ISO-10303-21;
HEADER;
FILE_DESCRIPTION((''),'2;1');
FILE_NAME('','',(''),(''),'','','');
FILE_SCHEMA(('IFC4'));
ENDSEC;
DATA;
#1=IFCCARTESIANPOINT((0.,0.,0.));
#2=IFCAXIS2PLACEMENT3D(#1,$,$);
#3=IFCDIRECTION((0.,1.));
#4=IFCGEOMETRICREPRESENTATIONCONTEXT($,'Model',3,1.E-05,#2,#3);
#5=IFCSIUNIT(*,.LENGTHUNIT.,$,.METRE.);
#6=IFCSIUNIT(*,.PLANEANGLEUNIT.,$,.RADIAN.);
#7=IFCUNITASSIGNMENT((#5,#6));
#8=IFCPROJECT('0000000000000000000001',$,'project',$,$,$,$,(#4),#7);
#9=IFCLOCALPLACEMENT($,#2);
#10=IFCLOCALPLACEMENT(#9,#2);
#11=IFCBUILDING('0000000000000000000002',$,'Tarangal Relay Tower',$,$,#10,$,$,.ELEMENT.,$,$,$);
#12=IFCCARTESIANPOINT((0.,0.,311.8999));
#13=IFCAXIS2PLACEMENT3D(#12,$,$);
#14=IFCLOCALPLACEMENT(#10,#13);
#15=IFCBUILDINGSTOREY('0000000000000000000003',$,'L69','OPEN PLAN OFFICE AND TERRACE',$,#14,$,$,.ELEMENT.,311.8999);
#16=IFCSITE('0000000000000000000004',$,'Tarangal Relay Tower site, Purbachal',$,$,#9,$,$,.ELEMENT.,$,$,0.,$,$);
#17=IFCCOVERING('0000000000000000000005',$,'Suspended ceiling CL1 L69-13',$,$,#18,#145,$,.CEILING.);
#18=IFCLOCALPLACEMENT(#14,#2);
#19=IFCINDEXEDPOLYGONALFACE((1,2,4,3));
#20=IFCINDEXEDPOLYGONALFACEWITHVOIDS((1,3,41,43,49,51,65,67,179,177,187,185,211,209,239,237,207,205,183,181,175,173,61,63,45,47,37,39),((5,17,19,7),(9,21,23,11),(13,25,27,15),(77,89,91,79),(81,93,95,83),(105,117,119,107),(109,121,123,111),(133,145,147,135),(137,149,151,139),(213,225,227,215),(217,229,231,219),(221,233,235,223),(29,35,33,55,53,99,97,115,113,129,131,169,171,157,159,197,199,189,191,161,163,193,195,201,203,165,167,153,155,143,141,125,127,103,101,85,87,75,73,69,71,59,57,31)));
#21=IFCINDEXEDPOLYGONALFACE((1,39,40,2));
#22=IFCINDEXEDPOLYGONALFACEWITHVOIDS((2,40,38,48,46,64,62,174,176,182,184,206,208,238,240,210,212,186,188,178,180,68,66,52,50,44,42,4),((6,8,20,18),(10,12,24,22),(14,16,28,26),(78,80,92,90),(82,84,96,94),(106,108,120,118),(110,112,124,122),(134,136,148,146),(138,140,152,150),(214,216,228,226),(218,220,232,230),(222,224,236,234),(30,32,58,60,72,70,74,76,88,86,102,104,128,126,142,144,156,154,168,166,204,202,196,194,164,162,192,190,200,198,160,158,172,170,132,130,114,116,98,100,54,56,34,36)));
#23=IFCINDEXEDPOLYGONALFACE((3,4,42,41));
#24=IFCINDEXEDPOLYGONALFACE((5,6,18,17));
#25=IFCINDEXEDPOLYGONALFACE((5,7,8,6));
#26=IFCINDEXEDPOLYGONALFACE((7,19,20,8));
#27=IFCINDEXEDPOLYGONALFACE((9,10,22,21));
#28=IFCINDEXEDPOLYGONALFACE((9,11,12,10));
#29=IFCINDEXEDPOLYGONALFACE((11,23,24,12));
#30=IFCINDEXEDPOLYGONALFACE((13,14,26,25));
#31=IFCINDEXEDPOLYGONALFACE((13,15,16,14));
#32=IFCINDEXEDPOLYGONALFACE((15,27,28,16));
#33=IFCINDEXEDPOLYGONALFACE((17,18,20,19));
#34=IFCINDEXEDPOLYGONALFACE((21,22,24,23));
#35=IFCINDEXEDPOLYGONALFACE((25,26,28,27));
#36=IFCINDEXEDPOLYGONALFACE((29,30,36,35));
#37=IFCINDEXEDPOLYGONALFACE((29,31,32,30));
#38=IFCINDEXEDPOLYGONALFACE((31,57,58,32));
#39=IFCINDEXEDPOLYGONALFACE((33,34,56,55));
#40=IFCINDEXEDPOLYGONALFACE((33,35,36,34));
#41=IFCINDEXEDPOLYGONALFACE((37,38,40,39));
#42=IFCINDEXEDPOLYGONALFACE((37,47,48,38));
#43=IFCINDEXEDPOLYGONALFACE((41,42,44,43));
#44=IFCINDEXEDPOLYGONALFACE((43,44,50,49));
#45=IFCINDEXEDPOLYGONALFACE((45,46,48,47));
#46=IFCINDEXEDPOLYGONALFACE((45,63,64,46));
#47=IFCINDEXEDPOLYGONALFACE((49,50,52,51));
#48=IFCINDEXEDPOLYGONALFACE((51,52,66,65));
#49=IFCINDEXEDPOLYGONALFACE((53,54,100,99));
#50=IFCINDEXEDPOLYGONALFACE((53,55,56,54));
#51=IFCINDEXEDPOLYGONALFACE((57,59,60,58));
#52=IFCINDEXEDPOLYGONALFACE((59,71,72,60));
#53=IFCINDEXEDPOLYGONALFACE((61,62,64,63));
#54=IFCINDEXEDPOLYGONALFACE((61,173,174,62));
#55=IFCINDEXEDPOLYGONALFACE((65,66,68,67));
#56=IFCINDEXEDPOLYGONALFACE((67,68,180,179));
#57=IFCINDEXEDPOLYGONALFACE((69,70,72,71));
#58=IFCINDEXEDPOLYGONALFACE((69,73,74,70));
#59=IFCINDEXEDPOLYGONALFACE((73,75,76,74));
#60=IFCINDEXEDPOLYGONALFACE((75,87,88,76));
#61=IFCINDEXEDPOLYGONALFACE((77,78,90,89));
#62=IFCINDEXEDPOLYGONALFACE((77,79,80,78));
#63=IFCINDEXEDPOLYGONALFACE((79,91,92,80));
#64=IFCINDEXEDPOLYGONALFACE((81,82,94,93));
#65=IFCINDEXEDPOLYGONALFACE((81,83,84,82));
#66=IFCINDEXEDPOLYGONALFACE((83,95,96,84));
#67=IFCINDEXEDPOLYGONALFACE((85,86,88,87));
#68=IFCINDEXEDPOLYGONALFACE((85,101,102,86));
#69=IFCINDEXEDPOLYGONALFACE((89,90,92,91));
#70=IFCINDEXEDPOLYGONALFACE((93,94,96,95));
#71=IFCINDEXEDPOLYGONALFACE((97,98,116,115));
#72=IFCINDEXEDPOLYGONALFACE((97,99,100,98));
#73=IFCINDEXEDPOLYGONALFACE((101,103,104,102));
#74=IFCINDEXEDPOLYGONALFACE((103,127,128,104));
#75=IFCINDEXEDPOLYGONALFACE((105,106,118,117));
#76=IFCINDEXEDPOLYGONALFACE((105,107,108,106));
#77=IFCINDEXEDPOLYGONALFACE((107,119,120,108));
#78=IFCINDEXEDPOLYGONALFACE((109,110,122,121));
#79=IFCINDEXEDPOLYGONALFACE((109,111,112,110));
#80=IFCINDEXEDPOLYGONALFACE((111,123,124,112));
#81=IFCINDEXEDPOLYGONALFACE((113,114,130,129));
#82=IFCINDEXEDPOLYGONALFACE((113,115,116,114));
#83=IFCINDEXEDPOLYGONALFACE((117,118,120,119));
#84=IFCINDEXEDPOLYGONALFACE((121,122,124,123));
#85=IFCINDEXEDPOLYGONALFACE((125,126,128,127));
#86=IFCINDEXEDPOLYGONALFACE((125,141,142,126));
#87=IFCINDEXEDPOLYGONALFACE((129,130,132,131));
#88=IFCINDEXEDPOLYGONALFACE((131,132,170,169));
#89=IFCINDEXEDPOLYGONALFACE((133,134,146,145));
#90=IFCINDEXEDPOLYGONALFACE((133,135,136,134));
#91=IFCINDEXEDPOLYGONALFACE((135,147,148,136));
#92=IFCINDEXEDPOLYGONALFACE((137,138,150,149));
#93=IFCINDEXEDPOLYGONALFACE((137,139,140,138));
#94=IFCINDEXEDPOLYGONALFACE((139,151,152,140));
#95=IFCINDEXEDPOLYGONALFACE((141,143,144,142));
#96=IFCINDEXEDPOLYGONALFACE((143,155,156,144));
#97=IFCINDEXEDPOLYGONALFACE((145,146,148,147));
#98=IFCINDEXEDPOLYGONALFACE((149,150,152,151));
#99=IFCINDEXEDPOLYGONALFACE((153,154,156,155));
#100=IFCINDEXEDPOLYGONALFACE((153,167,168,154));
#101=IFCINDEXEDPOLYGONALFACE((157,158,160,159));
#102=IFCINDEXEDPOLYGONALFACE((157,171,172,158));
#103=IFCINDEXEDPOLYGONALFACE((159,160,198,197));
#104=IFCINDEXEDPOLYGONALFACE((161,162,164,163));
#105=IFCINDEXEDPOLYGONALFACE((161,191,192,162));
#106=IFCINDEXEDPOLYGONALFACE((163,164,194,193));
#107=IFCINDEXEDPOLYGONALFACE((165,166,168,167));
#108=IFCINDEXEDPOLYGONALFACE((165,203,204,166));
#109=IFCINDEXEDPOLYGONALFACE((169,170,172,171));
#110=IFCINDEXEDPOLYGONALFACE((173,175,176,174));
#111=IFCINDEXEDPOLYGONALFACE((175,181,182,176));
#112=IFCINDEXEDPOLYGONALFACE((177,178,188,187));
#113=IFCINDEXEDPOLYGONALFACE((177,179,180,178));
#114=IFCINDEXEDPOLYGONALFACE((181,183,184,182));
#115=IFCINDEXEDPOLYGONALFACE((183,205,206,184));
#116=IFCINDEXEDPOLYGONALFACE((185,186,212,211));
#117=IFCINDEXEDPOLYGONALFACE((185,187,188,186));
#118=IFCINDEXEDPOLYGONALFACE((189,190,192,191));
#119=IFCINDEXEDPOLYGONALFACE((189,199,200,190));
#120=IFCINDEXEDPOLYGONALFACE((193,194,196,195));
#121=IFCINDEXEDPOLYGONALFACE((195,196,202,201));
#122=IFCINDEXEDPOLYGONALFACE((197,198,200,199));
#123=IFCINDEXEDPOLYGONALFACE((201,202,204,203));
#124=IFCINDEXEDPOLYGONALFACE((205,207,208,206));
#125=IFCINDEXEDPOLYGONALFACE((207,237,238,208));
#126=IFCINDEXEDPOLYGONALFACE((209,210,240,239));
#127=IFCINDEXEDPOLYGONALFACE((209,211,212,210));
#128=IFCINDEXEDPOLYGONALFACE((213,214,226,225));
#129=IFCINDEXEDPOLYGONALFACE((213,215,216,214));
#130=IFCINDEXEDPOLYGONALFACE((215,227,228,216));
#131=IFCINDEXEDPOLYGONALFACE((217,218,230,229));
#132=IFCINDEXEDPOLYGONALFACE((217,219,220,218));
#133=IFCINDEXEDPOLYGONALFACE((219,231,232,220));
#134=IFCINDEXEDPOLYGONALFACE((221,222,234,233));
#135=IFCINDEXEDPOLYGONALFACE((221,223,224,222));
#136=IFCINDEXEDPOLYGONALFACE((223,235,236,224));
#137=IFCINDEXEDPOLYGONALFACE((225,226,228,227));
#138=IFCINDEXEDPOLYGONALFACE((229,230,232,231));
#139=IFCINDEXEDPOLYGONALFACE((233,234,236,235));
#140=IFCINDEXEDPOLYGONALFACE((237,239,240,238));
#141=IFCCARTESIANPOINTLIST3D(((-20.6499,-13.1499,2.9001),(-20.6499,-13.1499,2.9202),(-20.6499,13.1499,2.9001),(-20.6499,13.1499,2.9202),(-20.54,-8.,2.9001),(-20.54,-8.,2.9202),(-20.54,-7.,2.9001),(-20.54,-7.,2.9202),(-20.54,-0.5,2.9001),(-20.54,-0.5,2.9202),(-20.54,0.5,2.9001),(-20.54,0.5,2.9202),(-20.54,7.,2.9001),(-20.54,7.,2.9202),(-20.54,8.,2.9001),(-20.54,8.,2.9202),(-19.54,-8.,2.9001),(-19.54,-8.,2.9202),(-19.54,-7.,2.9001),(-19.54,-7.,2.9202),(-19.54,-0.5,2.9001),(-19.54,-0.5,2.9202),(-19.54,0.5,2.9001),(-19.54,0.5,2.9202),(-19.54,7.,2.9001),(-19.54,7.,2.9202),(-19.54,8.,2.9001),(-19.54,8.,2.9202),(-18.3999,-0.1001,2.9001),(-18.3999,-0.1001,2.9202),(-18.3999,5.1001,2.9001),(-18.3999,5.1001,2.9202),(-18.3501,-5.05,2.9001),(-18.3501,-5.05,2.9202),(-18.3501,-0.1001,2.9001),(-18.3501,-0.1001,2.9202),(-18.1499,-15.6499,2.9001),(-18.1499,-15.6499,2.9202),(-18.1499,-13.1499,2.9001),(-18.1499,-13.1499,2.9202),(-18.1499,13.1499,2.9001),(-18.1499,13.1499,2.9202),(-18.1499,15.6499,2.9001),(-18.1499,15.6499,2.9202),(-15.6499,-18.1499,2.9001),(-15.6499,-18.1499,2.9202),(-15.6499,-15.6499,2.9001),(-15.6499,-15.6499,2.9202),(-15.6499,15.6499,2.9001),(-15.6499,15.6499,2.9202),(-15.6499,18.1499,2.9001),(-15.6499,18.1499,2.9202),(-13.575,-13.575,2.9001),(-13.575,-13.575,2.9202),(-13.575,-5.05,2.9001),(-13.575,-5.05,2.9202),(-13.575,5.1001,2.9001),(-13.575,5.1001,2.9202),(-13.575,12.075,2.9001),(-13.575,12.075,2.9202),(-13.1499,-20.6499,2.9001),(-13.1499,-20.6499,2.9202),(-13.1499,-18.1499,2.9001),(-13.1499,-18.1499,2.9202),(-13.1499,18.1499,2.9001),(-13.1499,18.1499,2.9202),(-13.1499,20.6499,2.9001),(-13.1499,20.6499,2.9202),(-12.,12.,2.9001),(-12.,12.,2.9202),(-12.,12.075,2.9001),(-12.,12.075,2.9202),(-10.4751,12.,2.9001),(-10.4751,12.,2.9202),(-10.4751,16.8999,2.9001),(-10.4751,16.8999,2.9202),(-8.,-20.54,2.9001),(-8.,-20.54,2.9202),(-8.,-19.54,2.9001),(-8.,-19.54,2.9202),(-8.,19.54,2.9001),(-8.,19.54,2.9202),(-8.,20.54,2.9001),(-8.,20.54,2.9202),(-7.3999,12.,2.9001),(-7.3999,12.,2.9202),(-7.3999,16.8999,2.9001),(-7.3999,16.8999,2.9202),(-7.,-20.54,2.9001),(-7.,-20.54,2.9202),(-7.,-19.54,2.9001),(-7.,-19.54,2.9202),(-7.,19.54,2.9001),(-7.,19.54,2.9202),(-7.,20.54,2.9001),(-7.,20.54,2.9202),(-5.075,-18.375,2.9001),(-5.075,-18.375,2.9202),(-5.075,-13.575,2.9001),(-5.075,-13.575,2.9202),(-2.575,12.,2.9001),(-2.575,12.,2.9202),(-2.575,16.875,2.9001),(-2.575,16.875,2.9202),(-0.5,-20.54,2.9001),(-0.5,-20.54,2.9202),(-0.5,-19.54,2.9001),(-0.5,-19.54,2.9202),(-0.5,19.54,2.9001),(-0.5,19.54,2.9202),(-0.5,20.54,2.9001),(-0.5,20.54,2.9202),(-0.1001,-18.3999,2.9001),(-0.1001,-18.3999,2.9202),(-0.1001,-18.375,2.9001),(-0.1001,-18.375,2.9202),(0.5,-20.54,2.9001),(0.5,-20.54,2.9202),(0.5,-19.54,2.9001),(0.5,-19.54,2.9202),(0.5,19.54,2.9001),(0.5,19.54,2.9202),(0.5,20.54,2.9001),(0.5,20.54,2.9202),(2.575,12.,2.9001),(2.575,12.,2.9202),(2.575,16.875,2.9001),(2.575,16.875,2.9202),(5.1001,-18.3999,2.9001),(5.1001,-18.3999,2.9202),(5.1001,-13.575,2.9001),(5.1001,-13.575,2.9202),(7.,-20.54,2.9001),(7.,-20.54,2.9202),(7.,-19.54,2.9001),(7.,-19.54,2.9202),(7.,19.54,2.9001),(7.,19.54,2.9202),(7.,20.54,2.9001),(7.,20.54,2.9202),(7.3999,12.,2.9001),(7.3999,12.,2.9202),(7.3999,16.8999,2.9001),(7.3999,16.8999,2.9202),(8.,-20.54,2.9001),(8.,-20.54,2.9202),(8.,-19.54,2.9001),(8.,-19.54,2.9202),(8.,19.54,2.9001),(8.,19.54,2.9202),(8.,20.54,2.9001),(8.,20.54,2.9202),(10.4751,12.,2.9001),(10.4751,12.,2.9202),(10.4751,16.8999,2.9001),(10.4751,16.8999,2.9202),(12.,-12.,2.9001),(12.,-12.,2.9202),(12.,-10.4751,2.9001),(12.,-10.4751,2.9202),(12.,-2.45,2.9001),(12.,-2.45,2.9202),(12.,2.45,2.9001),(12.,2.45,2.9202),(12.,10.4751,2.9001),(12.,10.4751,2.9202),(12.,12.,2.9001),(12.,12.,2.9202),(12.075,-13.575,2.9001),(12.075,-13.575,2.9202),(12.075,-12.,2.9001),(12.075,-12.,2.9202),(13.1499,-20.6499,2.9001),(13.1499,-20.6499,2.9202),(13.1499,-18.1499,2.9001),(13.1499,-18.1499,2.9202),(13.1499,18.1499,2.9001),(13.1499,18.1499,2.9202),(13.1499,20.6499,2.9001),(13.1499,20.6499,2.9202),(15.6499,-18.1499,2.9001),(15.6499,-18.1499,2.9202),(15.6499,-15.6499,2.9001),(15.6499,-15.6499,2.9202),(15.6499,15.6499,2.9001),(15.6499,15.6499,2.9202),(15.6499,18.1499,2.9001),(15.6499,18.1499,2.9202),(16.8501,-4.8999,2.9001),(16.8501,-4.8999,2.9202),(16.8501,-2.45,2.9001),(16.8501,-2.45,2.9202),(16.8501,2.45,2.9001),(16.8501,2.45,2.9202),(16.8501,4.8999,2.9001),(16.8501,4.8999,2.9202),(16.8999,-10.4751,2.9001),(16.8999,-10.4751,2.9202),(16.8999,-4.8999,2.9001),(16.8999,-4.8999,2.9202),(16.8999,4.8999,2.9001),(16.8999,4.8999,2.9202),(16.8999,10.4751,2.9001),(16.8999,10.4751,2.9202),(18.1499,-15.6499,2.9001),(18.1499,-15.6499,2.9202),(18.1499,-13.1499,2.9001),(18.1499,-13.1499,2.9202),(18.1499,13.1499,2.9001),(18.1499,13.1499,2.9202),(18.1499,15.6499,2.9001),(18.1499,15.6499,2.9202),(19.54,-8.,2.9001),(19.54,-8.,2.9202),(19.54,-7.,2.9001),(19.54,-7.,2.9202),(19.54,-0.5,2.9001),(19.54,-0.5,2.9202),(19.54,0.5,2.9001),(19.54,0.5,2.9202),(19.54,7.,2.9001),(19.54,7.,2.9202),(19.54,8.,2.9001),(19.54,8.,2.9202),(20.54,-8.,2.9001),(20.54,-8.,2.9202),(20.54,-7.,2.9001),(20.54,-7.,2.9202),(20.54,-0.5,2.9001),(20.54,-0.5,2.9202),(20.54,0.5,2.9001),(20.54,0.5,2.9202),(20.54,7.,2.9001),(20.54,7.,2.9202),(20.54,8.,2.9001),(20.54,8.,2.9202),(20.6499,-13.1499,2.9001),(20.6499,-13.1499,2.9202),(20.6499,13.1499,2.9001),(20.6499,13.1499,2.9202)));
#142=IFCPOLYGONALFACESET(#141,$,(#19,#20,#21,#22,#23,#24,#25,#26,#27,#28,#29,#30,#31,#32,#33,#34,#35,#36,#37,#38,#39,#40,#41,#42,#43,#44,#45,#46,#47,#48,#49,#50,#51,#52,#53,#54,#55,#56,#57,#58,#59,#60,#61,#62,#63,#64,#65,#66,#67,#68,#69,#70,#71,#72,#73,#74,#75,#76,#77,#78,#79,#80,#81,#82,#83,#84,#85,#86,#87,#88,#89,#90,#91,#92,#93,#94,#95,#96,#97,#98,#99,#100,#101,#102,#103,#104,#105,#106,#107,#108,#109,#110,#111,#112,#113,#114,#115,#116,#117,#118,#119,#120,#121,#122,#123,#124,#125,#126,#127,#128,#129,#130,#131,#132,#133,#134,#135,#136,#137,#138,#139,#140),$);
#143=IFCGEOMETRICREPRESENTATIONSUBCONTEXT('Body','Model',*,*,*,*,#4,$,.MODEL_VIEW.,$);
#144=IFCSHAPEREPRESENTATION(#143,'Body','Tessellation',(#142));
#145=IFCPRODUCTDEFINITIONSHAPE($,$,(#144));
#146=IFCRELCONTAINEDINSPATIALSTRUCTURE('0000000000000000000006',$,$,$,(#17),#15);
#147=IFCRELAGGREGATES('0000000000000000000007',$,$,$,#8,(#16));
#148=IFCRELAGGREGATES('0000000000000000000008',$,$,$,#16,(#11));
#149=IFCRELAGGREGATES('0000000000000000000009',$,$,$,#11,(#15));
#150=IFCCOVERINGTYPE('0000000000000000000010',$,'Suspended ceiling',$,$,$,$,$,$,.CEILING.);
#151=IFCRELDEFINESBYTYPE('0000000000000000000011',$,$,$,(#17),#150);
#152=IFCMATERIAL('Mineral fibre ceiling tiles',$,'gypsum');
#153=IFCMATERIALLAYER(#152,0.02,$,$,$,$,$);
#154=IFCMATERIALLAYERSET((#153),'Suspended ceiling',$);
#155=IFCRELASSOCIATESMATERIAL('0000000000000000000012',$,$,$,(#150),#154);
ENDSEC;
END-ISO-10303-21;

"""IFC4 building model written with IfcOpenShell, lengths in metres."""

from ifc_helpers import new_model, si_unit, direction, frame, origin, place, context, subcontext, project, spatial, polyline, outline, extrude, material, layer, layer_set, type_object, element, save


model = new_model("IFC4")

# Units and contexts
model_context = context("Model", 3, precision=1e-05, world=origin(), true_north=direction((0.0, 1.0)))
body_context = subcontext(model_context, "Body", "Model", "MODEL_VIEW")
ifc_project = project(units=[si_unit("LENGTHUNIT", "METRE"), si_unit("PLANEANGLEUNIT", "RADIAN")], contexts=[model_context])

# Site, building, storey
site_placement = place(None, origin())
site = spatial("IfcSite", under=ifc_project, at=site_placement, Name="Tarangal Relay Tower site, Purbachal", CompositionType="ELEMENT", RefElevation=0.0)
building_placement = place(site_placement, origin())
building = spatial("IfcBuilding", under=site, at=building_placement, Name="Tarangal Relay Tower", CompositionType="ELEMENT")
storey_placement = place(building_placement, frame((0.0, 0.0, 311.8999)))
storey = spatial("IfcBuildingStorey", under=building, at=storey_placement, Name="L69", Description="OPEN PLAN OFFICE AND TERRACE", CompositionType="ELEMENT", Elevation=311.8999)

# Covering
ifc_material_1 = material(Name="Mineral fibre ceiling tiles", Category="gypsum")
ifc_layer_1 = layer(ifc_material_1, 0.02)
ifc_layer_set_1 = layer_set([ifc_layer_1], Name="Suspended ceiling")
covering_type = type_object("IfcCoveringType", Name="Suspended ceiling", PredefinedType="CEILING", material=ifc_layer_set_1)
covering_1_placement = place(storey_placement, frame((0.0, 0.0, 2.9001)))
element("IfcCovering", 1, at=covering_1_placement, inside=storey, type_object=covering_type, Name="Suspended ceiling CL1 L69-13", PredefinedType="CEILING", context=body_context, shape_type="SweptSolid", body=[
    extrude(outline(polyline([(18.1499, 15.6499), (15.6499, 15.6499), (15.6499, 18.1499), (13.1499, 18.1499), (13.1499, 20.6499), (-13.1499, 20.6499), (-13.1499, 18.1499), (-15.6499, 18.1499), (-15.6499, 15.6499), (-18.1499, 15.6499), (-18.1499, 13.1499), (-20.6499, 13.1499), (-20.6499, -13.1499), (-18.1499, -13.1499), (-18.1499, -15.6499), (-15.6499, -15.6499), (-15.6499, -18.1499), (-13.1499, -18.1499), (-13.1499, -20.6499), (13.1499, -20.6499), (13.1499, -18.1499), (15.6499, -18.1499), (15.6499, -15.6499), (18.1499, -15.6499), (18.1499, -13.1499), (20.6499, -13.1499), (20.6499, 13.1499), (18.1499, 13.1499), (18.1499, 15.6499)]), holes=[polyline([(-12.0, 12.075), (-13.575, 12.075), (-13.575, 5.1001), (-18.3999, 5.1001), (-18.3999, -0.1001), (-18.3501, -0.1001), (-18.3501, -5.05), (-13.575, -5.05), (-13.575, -13.575), (-5.075, -13.575), (-5.075, -18.375), (-0.1001, -18.375), (-0.1001, -18.3999), (5.1001, -18.3999), (5.1001, -13.575), (12.075, -13.575), (12.075, -12.0), (12.0, -12.0), (12.0, -10.4751), (16.8999, -10.4751), (16.8999, -4.8999), (16.8501, -4.8999), (16.8501, -2.45), (12.0, -2.45), (12.0, 2.45), (16.8501, 2.45), (16.8501, 4.8999), (16.8999, 4.8999), (16.8999, 10.4751), (12.0, 10.4751), (12.0, 12.0), (10.4751, 12.0), (10.4751, 16.8999), (7.3999, 16.8999), (7.3999, 12.0), (2.575, 12.0), (2.575, 16.875), (-2.575, 16.875), (-2.575, 12.0), (-7.3999, 12.0), (-7.3999, 16.8999), (-10.4751, 16.8999), (-10.4751, 12.0), (-12.0, 12.0), (-12.0, 12.075)]), polyline([(-8.0, -19.54), (-8.0, -20.54), (-7.0, -20.54), (-7.0, -19.54), (-8.0, -19.54)]), polyline([(-19.54, -7.0), (-20.54, -7.0), (-20.54, -8.0), (-19.54, -8.0), (-19.54, -7.0)]), polyline([(-19.54, 0.5), (-20.54, 0.5), (-20.54, -0.5), (-19.54, -0.5), (-19.54, 0.5)]), polyline([(-20.54, 8.0), (-20.54, 7.0), (-19.54, 7.0), (-19.54, 8.0), (-20.54, 8.0)]), polyline([(-7.0, 20.54), (-8.0, 20.54), (-8.0, 19.54), (-7.0, 19.54), (-7.0, 20.54)]), polyline([(0.5, 20.54), (-0.5, 20.54), (-0.5, 19.54), (0.5, 19.54), (0.5, 20.54)]), polyline([(-0.5, -19.54), (-0.5, -20.54), (0.5, -20.54), (0.5, -19.54), (-0.5, -19.54)]), polyline([(8.0, -19.54), (7.0, -19.54), (7.0, -20.54), (8.0, -20.54), (8.0, -19.54)]), polyline([(20.54, -7.0), (19.54, -7.0), (19.54, -8.0), (20.54, -8.0), (20.54, -7.0)]), polyline([(19.54, 0.5), (19.54, -0.5), (20.54, -0.5), (20.54, 0.5), (19.54, 0.5)]), polyline([(20.54, 8.0), (19.54, 8.0), (19.54, 7.0), (20.54, 7.0), (20.54, 8.0)]), polyline([(8.0, 20.54), (7.0, 20.54), (7.0, 19.54), (8.0, 19.54), (8.0, 20.54)])]), origin(), (0.0, 0.0, 1.0), 0.02),
])

save(model, "model.ifc")
